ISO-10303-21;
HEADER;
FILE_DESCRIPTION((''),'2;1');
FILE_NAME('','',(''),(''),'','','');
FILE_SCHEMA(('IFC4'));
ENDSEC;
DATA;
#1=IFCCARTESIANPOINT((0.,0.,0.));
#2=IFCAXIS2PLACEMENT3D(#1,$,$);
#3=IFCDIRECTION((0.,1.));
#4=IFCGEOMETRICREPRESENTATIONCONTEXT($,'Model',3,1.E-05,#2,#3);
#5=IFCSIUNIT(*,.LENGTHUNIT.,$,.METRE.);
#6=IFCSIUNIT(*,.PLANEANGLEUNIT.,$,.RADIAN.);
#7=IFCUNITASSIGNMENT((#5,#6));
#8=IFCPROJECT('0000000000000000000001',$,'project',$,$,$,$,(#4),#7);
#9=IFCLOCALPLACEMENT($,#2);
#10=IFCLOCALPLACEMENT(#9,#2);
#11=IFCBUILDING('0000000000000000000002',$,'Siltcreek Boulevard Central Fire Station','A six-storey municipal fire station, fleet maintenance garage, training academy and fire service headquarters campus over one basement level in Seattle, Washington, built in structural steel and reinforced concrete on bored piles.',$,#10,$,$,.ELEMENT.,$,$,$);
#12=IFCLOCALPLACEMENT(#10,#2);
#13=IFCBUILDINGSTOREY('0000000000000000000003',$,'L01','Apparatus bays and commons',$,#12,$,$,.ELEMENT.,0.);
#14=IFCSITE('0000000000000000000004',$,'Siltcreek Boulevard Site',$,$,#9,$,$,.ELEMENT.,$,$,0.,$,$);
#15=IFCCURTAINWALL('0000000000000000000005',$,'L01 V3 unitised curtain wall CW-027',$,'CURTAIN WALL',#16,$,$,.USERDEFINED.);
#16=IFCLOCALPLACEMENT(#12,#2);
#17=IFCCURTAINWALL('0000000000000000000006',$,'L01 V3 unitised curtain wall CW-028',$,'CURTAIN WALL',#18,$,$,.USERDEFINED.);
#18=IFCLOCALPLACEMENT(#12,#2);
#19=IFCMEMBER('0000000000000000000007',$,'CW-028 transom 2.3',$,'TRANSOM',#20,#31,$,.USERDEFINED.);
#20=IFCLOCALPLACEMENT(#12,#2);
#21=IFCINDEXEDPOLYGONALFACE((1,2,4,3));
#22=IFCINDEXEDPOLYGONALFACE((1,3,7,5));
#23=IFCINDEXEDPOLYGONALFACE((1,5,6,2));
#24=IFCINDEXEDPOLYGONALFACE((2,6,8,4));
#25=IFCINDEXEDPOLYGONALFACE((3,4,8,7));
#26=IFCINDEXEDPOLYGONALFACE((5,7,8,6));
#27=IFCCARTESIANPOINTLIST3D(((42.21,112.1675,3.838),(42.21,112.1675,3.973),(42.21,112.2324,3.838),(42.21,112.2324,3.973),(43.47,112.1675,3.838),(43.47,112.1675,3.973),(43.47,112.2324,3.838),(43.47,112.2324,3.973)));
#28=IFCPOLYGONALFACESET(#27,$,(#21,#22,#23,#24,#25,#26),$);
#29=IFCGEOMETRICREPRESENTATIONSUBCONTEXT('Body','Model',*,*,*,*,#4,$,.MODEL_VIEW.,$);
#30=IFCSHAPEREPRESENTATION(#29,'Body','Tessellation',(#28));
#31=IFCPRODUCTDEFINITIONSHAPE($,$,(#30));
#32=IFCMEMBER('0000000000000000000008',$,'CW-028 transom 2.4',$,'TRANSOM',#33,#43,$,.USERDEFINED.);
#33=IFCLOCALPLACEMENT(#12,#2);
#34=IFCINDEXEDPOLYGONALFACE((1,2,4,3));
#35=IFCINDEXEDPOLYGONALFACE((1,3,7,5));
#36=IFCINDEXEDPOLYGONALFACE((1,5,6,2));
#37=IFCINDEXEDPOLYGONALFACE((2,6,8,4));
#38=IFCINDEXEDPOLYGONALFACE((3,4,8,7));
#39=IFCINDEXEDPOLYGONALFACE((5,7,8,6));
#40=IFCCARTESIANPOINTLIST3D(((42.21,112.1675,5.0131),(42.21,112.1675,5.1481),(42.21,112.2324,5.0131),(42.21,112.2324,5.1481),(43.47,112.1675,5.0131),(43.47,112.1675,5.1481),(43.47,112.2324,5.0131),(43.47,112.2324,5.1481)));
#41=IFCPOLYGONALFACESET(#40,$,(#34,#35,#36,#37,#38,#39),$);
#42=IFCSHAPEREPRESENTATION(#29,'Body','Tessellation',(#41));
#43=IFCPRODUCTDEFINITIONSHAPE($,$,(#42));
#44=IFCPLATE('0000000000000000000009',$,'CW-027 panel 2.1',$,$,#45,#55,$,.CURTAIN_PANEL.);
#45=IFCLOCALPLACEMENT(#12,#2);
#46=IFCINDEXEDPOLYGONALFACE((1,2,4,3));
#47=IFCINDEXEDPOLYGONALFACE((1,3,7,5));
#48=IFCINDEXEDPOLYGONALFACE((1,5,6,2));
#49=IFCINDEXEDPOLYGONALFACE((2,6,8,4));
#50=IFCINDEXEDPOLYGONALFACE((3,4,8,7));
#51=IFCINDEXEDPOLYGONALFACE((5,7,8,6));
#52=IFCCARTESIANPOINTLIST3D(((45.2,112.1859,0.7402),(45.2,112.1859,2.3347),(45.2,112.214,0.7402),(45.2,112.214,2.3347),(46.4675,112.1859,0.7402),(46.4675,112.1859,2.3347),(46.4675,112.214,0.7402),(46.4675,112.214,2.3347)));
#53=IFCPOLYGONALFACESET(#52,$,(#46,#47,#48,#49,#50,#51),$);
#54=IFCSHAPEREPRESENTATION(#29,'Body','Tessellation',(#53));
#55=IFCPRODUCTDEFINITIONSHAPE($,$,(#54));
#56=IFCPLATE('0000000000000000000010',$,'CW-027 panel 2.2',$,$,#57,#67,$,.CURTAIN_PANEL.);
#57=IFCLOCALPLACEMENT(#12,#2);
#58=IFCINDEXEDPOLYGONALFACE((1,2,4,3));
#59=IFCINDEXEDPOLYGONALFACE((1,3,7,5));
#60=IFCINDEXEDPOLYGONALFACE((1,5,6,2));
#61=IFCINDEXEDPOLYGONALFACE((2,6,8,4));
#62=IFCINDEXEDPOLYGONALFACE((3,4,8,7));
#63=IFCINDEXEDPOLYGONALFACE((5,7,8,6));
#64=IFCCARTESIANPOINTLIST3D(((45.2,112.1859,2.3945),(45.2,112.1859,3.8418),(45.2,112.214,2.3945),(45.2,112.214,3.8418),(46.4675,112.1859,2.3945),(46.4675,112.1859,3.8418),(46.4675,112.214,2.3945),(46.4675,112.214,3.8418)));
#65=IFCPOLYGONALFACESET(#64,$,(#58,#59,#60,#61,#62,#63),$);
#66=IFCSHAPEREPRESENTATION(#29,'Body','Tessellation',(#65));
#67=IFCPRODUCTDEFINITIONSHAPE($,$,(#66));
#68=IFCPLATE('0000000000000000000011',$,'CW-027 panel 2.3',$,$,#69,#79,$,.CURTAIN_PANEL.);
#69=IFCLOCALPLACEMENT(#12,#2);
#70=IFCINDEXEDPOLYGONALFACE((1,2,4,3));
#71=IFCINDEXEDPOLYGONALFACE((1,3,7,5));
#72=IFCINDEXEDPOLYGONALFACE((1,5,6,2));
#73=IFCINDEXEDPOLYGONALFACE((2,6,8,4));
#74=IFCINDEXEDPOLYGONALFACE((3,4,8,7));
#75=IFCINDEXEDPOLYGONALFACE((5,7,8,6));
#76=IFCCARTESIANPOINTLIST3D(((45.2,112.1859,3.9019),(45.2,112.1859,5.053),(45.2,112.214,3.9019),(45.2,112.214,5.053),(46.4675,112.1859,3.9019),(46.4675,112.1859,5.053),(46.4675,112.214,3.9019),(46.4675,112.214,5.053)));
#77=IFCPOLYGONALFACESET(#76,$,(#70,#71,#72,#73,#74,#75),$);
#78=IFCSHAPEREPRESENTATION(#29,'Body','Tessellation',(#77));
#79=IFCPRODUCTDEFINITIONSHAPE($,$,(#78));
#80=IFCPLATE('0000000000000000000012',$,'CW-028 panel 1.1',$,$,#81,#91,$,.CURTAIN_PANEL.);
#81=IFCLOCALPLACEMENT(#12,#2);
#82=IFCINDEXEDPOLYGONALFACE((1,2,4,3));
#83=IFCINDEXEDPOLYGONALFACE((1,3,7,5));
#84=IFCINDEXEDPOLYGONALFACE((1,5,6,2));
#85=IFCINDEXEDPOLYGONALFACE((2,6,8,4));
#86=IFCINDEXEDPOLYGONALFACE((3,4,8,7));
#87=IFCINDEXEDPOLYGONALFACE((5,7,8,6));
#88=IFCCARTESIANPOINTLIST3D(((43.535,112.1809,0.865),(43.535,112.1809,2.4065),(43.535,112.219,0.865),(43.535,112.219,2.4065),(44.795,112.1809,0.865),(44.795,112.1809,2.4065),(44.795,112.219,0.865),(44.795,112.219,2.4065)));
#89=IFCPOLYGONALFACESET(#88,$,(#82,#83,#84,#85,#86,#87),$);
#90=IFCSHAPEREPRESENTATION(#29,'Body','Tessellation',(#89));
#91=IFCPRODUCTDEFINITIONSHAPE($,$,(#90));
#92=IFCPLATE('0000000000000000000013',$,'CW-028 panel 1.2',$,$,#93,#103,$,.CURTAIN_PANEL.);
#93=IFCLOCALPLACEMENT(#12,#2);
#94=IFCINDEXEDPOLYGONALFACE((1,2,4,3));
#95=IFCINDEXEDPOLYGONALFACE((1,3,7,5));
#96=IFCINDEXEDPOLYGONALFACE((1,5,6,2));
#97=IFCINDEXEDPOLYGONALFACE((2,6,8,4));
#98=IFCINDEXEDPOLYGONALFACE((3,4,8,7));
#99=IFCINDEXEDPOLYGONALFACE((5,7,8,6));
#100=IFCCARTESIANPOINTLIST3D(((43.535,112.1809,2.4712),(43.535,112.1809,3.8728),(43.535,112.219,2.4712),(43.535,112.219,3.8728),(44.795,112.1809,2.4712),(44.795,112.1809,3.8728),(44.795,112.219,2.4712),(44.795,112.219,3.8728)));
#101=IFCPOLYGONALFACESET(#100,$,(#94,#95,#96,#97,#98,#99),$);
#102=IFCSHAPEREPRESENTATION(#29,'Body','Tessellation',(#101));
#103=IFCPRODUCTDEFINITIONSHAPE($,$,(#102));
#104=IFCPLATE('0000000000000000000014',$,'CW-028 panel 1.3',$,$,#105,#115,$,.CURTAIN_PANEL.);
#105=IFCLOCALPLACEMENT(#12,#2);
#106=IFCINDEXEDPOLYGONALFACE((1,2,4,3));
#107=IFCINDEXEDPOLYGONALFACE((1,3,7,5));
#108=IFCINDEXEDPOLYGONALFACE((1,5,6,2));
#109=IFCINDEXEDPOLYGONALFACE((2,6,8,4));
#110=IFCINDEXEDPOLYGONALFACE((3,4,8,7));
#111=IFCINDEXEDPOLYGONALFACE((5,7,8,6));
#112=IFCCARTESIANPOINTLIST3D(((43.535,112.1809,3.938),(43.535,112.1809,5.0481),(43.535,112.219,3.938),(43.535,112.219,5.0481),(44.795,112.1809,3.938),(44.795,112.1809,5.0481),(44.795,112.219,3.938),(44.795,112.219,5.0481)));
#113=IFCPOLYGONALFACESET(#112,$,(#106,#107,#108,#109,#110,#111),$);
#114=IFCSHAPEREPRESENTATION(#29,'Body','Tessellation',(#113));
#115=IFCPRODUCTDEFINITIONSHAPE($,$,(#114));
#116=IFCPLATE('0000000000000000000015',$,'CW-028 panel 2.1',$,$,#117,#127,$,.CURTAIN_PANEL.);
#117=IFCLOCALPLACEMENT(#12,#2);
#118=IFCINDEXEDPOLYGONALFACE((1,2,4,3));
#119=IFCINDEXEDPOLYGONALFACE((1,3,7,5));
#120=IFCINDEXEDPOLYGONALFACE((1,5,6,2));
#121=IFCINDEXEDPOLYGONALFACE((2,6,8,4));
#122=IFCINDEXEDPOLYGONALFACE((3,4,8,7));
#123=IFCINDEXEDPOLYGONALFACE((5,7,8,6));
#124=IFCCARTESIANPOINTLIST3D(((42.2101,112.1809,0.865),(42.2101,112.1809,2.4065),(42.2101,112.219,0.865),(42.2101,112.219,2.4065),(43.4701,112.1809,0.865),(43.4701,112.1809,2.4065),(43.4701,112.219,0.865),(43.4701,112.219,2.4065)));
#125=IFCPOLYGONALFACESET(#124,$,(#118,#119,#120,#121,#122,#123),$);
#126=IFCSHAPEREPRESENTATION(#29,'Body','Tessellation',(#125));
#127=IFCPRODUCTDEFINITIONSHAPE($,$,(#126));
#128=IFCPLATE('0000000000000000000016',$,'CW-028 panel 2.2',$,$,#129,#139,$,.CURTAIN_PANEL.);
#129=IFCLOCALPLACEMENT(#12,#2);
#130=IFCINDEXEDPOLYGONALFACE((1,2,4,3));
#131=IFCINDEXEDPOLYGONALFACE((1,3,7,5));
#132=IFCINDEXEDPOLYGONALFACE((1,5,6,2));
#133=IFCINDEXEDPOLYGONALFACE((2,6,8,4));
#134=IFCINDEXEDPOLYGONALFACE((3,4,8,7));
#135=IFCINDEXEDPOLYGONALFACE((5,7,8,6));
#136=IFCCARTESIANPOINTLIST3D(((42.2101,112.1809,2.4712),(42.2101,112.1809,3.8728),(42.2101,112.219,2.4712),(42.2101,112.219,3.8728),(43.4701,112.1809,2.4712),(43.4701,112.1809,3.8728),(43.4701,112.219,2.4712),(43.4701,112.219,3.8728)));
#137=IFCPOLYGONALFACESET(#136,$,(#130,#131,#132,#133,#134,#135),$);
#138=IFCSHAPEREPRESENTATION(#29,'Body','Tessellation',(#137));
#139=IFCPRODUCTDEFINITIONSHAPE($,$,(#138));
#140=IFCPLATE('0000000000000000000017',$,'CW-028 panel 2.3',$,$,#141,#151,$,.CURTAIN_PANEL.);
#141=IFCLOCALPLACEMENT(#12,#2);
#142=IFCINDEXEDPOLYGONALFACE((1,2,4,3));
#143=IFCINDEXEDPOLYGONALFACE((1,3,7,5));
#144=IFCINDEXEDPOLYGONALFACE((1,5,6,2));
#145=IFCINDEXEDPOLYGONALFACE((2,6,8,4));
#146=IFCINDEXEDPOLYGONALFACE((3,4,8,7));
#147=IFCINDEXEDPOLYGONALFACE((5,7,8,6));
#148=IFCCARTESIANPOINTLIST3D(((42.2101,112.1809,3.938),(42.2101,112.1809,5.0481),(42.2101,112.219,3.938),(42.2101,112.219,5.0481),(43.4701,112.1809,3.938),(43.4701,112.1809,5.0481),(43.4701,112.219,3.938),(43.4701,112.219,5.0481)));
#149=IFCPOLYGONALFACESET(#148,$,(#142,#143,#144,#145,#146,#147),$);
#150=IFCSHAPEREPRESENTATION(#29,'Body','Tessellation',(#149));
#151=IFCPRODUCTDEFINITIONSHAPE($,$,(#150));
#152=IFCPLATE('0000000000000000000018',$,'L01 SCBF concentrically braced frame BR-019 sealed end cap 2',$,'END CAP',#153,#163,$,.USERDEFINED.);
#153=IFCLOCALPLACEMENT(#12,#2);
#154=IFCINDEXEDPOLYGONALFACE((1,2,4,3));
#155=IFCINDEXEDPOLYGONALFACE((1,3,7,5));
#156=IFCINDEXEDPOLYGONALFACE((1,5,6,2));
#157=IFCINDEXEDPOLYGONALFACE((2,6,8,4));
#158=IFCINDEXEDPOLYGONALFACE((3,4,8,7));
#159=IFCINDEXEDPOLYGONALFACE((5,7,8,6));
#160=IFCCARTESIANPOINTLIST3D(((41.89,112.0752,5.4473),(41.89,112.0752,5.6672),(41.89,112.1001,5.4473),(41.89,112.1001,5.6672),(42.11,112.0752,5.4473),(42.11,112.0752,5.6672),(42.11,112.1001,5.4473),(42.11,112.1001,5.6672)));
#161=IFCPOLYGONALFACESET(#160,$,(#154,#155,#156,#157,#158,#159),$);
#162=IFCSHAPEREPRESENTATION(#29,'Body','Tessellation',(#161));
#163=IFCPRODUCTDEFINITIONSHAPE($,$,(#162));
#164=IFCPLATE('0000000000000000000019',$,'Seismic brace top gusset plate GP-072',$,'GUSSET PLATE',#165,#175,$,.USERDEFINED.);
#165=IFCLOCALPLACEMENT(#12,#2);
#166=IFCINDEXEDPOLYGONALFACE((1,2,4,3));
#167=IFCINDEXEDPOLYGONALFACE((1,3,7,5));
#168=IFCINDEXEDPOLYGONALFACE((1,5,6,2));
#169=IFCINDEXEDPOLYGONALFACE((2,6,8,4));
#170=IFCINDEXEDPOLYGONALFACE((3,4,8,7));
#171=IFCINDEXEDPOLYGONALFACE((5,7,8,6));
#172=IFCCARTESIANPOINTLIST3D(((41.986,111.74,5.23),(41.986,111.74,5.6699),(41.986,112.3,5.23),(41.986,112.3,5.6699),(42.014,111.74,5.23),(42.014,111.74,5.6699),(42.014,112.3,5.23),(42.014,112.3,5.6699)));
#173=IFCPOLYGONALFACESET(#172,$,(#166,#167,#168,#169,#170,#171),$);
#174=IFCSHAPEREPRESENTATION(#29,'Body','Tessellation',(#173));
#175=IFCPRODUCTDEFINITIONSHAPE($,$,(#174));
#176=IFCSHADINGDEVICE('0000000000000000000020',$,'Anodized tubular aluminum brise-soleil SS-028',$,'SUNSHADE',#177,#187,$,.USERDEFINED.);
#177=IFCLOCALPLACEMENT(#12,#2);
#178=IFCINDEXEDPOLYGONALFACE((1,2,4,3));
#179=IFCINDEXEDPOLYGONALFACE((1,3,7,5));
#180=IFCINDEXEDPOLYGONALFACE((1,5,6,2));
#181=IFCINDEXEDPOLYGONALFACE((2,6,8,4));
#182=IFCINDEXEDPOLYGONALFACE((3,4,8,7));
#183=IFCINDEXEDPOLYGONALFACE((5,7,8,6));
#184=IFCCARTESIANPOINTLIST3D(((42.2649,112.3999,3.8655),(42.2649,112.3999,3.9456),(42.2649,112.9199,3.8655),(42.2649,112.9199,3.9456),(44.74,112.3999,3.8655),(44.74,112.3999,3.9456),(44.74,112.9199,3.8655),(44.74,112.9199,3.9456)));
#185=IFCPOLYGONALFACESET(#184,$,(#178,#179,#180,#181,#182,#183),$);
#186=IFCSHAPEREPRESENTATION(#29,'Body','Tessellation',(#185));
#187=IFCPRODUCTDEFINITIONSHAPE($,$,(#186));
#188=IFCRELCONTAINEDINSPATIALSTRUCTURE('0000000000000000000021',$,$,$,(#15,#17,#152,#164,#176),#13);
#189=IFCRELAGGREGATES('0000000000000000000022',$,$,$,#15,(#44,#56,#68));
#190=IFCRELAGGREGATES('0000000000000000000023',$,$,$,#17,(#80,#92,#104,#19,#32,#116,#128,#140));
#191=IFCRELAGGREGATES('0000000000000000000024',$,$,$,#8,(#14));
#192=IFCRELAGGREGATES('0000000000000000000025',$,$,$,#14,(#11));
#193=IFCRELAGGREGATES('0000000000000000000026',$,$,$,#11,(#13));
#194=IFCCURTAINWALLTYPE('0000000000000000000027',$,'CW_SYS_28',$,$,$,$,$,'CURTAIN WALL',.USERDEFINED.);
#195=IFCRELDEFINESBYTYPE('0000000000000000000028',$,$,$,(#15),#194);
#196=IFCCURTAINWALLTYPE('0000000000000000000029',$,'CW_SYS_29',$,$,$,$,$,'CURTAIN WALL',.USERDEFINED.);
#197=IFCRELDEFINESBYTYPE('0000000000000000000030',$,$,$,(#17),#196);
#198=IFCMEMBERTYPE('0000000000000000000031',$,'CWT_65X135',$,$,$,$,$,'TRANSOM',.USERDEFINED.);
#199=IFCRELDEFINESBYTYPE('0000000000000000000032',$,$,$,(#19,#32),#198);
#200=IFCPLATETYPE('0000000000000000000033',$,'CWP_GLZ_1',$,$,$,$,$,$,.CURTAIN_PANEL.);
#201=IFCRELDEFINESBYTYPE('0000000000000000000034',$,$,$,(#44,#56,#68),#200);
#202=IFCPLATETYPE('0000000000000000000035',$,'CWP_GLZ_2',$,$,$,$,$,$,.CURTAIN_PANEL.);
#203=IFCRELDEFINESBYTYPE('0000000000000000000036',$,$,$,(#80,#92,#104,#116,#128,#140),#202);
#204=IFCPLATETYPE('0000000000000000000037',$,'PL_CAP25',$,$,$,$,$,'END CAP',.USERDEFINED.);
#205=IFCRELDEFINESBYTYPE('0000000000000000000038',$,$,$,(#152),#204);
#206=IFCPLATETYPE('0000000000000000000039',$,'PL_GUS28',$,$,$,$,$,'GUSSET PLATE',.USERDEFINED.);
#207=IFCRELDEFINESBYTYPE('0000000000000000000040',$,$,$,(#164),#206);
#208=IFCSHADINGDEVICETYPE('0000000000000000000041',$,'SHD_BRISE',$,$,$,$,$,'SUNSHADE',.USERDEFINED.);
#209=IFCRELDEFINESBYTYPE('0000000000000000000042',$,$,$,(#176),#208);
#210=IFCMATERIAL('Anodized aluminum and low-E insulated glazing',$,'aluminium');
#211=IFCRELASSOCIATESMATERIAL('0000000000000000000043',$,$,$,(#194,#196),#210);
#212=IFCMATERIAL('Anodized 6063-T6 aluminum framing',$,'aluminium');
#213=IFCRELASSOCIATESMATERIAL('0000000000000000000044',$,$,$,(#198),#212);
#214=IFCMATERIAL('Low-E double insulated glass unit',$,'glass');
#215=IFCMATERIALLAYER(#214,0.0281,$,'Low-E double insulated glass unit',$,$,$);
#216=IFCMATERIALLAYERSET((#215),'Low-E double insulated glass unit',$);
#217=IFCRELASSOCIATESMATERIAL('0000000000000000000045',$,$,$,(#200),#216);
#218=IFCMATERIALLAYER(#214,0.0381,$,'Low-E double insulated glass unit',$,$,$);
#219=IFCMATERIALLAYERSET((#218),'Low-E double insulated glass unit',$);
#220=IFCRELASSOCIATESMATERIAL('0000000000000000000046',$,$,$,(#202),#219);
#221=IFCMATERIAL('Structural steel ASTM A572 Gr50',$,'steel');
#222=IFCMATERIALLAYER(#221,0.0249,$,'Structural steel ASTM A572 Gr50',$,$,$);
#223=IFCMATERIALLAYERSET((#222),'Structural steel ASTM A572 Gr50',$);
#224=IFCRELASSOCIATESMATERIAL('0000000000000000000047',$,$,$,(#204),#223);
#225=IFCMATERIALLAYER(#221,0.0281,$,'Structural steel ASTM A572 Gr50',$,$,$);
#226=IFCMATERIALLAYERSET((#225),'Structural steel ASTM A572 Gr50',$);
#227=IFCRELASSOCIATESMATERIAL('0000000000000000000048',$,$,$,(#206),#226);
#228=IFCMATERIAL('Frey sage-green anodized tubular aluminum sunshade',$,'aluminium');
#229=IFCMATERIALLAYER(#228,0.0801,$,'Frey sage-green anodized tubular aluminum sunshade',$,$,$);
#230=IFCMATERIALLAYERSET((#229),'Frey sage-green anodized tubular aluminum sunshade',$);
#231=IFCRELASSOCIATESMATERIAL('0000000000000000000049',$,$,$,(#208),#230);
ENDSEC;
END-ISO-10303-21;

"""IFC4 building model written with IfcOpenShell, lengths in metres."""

from ifc_helpers import new_model, si_unit, direction, frame, origin, origin_2d, place, context, subcontext, project, spatial, rectangle, extrude, material, layer, layer_set, material_profile, profile_set, type_object, element, aggregate, save


model = new_model("IFC4")

# Units and contexts
model_context = context("Model", 3, precision=1e-05, world=origin(), true_north=direction((0.0, 1.0)))
body_context = subcontext(model_context, "Body", "Model", "MODEL_VIEW")
ifc_project = project(units=[si_unit("LENGTHUNIT", "METRE"), si_unit("PLANEANGLEUNIT", "RADIAN")], contexts=[model_context])

# Site, building, storey
site_placement = place(None, origin())
site = spatial("IfcSite", under=ifc_project, at=site_placement, Name="Siltcreek Boulevard Site", CompositionType="ELEMENT", RefElevation=0.0)
building_placement = place(site_placement, origin())
building = spatial("IfcBuilding", under=site, at=building_placement, Name="Siltcreek Boulevard Central Fire Station", Description="A six-storey municipal fire station, fleet maintenance garage, training academy and fire service headquarters campus over one basement level in Seattle, Washington, built in structural steel and reinforced concrete on bored piles.", CompositionType="ELEMENT")
storey_placement = place(building_placement, origin())
storey = spatial("IfcBuildingStorey", under=building, at=storey_placement, Name="L01", Description="Apparatus bays and commons", CompositionType="ELEMENT", Elevation=0.0)

# Curtain wall
ifc_material_1 = material(Name="Anodized aluminum and low-E insulated glazing", Category="aluminium")
curtain_wall_type_1 = type_object("IfcCurtainWallType", Name="CW_SYS_28", ElementType="CURTAIN WALL", PredefinedType="USERDEFINED", material=ifc_material_1)
curtain_wall_1_placement = place(storey_placement, origin())
curtain_wall_1 = element("IfcCurtainWall", 1, at=curtain_wall_1_placement, inside=storey, type_object=curtain_wall_type_1, Name="L01 V3 unitised curtain wall CW-027", ObjectType="CURTAIN WALL", PredefinedType="USERDEFINED")
ifc_material_2 = material(Name="Anodized 6063-T6 aluminum framing", Category="aluminium")

# Curtain wall
curtain_wall_type_2 = type_object("IfcCurtainWallType", Name="CW_SYS_29", ElementType="CURTAIN WALL", PredefinedType="USERDEFINED", material=ifc_material_1)
curtain_wall_2_placement = place(storey_placement, origin())
curtain_wall_2 = element("IfcCurtainWall", 2, at=curtain_wall_2_placement, inside=storey, type_object=curtain_wall_type_2, Name="L01 V3 unitised curtain wall CW-028", ObjectType="CURTAIN WALL", PredefinedType="USERDEFINED")

# Members
ifc_material_profile_1 = material_profile(ifc_material_2, rectangle(XDim=0.0649, YDim=0.135, at=origin_2d()), Name="TRAN65X135")
ifc_profile_set_1 = profile_set([ifc_material_profile_1], Name="Anodized 6063-T6 aluminum framing")
member_type_1 = type_object("IfcMemberType", Name="CWT_65X135", ElementType="TRANSOM", PredefinedType="USERDEFINED", material=ifc_profile_set_1)
member_1_placement = place(storey_placement, frame((43.47, 112.2, 3.9055), z_axis=(-1.0, 0.0, 0.0), x_axis=(0.0, -1.0, 0.0)))
member_1 = element("IfcMember", 3, at=member_1_placement, type_object=member_type_1, Name="CW-028 transom 2.3", ObjectType="TRANSOM", PredefinedType="USERDEFINED", context=body_context, shape_type="SweptSolid", body=[
    extrude(rectangle(XDim=0.0649, YDim=0.135, at=origin_2d()), origin(), (0.0, 0.0, 1.0), 1.26),
])
member_2_placement = place(storey_placement, frame((43.47, 112.2, 5.0806), z_axis=(-1.0, 0.0, 0.0), x_axis=(0.0, -1.0, 0.0)))
member_2 = element("IfcMember", 4, at=member_2_placement, type_object=member_type_1, Name="CW-028 transom 2.4", ObjectType="TRANSOM", PredefinedType="USERDEFINED", context=body_context, shape_type="SweptSolid", body=[
    extrude(rectangle(XDim=0.0649, YDim=0.135, at=origin_2d()), origin(), (0.0, 0.0, 1.0), 1.26),
])

# Plates
ifc_material_3 = material(Name="Low-E double insulated glass unit", Category="glass")
ifc_layer_1 = layer(ifc_material_3, 0.0281, Name="Low-E double insulated glass unit")
ifc_layer_set_1 = layer_set([ifc_layer_1], Name="Low-E double insulated glass unit")
plate_type_1 = type_object("IfcPlateType", Name="CWP_GLZ_1", PredefinedType="CURTAIN_PANEL", material=ifc_layer_set_1)
plate_1_placement = place(storey_placement, frame((45.8337, 112.2, 0.7402), z_axis=(0.0, 0.0, 1.0), x_axis=(-1.0, 0.0, 0.0)))
plate_1 = element("IfcPlate", 5, at=plate_1_placement, type_object=plate_type_1, Name="CW-027 panel 2.1", PredefinedType="CURTAIN_PANEL", context=body_context, shape_type="SweptSolid", body=[
    extrude(rectangle(XDim=1.2676, YDim=0.0281, at=origin_2d()), origin(), (0.0, 0.0, 1.0), 1.5945),
])
plate_2_placement = place(storey_placement, frame((45.8337, 112.2, 2.3945), z_axis=(0.0, 0.0, 1.0), x_axis=(-1.0, 0.0, 0.0)))
plate_2 = element("IfcPlate", 6, at=plate_2_placement, type_object=plate_type_1, Name="CW-027 panel 2.2", PredefinedType="CURTAIN_PANEL", context=body_context, shape_type="SweptSolid", body=[
    extrude(rectangle(XDim=1.2676, YDim=0.0281, at=origin_2d()), origin(), (0.0, 0.0, 1.0), 1.4473),
])
plate_3_placement = place(storey_placement, frame((45.8337, 112.2, 3.9019), z_axis=(0.0, 0.0, 1.0), x_axis=(-1.0, 0.0, 0.0)))
plate_3 = element("IfcPlate", 7, at=plate_3_placement, type_object=plate_type_1, Name="CW-027 panel 2.3", PredefinedType="CURTAIN_PANEL", context=body_context, shape_type="SweptSolid", body=[
    extrude(rectangle(XDim=1.2676, YDim=0.0281, at=origin_2d()), origin(), (0.0, 0.0, 1.0), 1.1511),
])
aggregate(curtain_wall_1, [plate_1, plate_2, plate_3])
ifc_layer_2 = layer(ifc_material_3, 0.0381, Name="Low-E double insulated glass unit")
ifc_layer_set_2 = layer_set([ifc_layer_2], Name="Low-E double insulated glass unit")
plate_type_2 = type_object("IfcPlateType", Name="CWP_GLZ_2", PredefinedType="CURTAIN_PANEL", material=ifc_layer_set_2)
plate_4_placement = place(storey_placement, frame((44.165, 112.2, 0.865), z_axis=(0.0, 0.0, 1.0), x_axis=(-1.0, 0.0, 0.0)))
plate_4 = element("IfcPlate", 8, at=plate_4_placement, type_object=plate_type_2, Name="CW-028 panel 1.1", PredefinedType="CURTAIN_PANEL", context=body_context, shape_type="SweptSolid", body=[
    extrude(rectangle(XDim=1.26, YDim=0.0381, at=origin_2d()), origin(), (0.0, 0.0, 1.0), 1.5415),
])
plate_5_placement = place(storey_placement, frame((44.165, 112.2, 2.4712), z_axis=(0.0, 0.0, 1.0), x_axis=(-1.0, 0.0, 0.0)))
plate_5 = element("IfcPlate", 9, at=plate_5_placement, type_object=plate_type_2, Name="CW-028 panel 1.2", PredefinedType="CURTAIN_PANEL", context=body_context, shape_type="SweptSolid", body=[
    extrude(rectangle(XDim=1.26, YDim=0.0381, at=origin_2d()), origin(), (0.0, 0.0, 1.0), 1.4016),
])
plate_6_placement = place(storey_placement, frame((44.165, 112.2, 3.938), z_axis=(0.0, 0.0, 1.0), x_axis=(-1.0, 0.0, 0.0)))
plate_6 = element("IfcPlate", 10, at=plate_6_placement, type_object=plate_type_2, Name="CW-028 panel 1.3", PredefinedType="CURTAIN_PANEL", context=body_context, shape_type="SweptSolid", body=[
    extrude(rectangle(XDim=1.26, YDim=0.0381, at=origin_2d()), origin(), (0.0, 0.0, 1.0), 1.1101),
])
plate_7_placement = place(storey_placement, frame((42.8401, 112.2, 0.865), z_axis=(0.0, 0.0, 1.0), x_axis=(-1.0, 0.0, 0.0)))
plate_7 = element("IfcPlate", 11, at=plate_7_placement, type_object=plate_type_2, Name="CW-028 panel 2.1", PredefinedType="CURTAIN_PANEL", context=body_context, shape_type="SweptSolid", body=[
    extrude(rectangle(XDim=1.26, YDim=0.0381, at=origin_2d()), origin(), (0.0, 0.0, 1.0), 1.5415),
])
plate_8_placement = place(storey_placement, frame((42.8401, 112.2, 2.4712), z_axis=(0.0, 0.0, 1.0), x_axis=(-1.0, 0.0, 0.0)))
plate_8 = element("IfcPlate", 12, at=plate_8_placement, type_object=plate_type_2, Name="CW-028 panel 2.2", PredefinedType="CURTAIN_PANEL", context=body_context, shape_type="SweptSolid", body=[
    extrude(rectangle(XDim=1.26, YDim=0.0381, at=origin_2d()), origin(), (0.0, 0.0, 1.0), 1.4016),
])
plate_9_placement = place(storey_placement, frame((42.8401, 112.2, 3.938), z_axis=(0.0, 0.0, 1.0), x_axis=(-1.0, 0.0, 0.0)))
plate_9 = element("IfcPlate", 13, at=plate_9_placement, type_object=plate_type_2, Name="CW-028 panel 2.3", PredefinedType="CURTAIN_PANEL", context=body_context, shape_type="SweptSolid", body=[
    extrude(rectangle(XDim=1.26, YDim=0.0381, at=origin_2d()), origin(), (0.0, 0.0, 1.0), 1.1101),
])
aggregate(curtain_wall_2, [plate_4, plate_5, plate_6, member_1, member_2, plate_7, plate_8, plate_9])

# Plates
ifc_material_4 = material(Name="Structural steel ASTM A572 Gr50", Category="steel")
ifc_layer_3 = layer(ifc_material_4, 0.0249, Name="Structural steel ASTM A572 Gr50")
ifc_layer_set_3 = layer_set([ifc_layer_3], Name="Structural steel ASTM A572 Gr50")
plate_type_3 = type_object("IfcPlateType", Name="PL_CAP25", ElementType="END CAP", PredefinedType="USERDEFINED", material=ifc_layer_set_3)
plate_10_placement = place(storey_placement, frame((42.0, 112.0876, 5.4473), z_axis=(0.0, 0.0, 1.0), x_axis=(0.0, 1.0, 0.0)))
element("IfcPlate", 14, at=plate_10_placement, inside=storey, type_object=plate_type_3, Name="L01 SCBF concentrically braced frame BR-019 sealed end cap 2", ObjectType="END CAP", PredefinedType="USERDEFINED", context=body_context, shape_type="SweptSolid", body=[
    extrude(rectangle(XDim=0.0249, YDim=0.22, at=origin_2d()), origin(), (0.0, 0.0, 1.0), 0.22),
])
ifc_layer_4 = layer(ifc_material_4, 0.0281, Name="Structural steel ASTM A572 Gr50")
ifc_layer_set_4 = layer_set([ifc_layer_4], Name="Structural steel ASTM A572 Gr50")
plate_type_4 = type_object("IfcPlateType", Name="PL_GUS28", ElementType="GUSSET PLATE", PredefinedType="USERDEFINED", material=ifc_layer_set_4)
plate_11_placement = place(storey_placement, frame((42.0, 112.02, 5.23), z_axis=(0.0, 0.0, 1.0), x_axis=(0.0, 1.0, 0.0)))
element("IfcPlate", 15, at=plate_11_placement, inside=storey, type_object=plate_type_4, Name="Seismic brace top gusset plate GP-072", ObjectType="GUSSET PLATE", PredefinedType="USERDEFINED", context=body_context, shape_type="SweptSolid", body=[
    extrude(rectangle(XDim=0.5601, YDim=0.0281, at=origin_2d()), origin(), (0.0, 0.0, 1.0), 0.4399),
])

# Shading device
ifc_material_5 = material(Name="Frey sage-green anodized tubular aluminum sunshade", Category="aluminium")
ifc_layer_5 = layer(ifc_material_5, 0.0801, Name="Frey sage-green anodized tubular aluminum sunshade")
ifc_layer_set_5 = layer_set([ifc_layer_5], Name="Frey sage-green anodized tubular aluminum sunshade")
shading_device_type = type_object("IfcShadingDeviceType", Name="SHD_BRISE", ElementType="SUNSHADE", PredefinedType="USERDEFINED", material=ifc_layer_set_5)
shading_device_placement = place(storey_placement, frame((43.5024, 112.6599, 3.8655), z_axis=(0.0, 0.0, 1.0), x_axis=(-1.0, 0.0, 0.0)))
element("IfcShadingDevice", 16, at=shading_device_placement, inside=storey, type_object=shading_device_type, Name="Anodized tubular aluminum brise-soleil SS-028", ObjectType="SUNSHADE", PredefinedType="USERDEFINED", context=body_context, shape_type="SweptSolid", body=[
    extrude(rectangle(XDim=2.4751, YDim=0.52, at=origin_2d()), origin(), (0.0, 0.0, 1.0), 0.0801),
])

save(model, "model.ifc")
